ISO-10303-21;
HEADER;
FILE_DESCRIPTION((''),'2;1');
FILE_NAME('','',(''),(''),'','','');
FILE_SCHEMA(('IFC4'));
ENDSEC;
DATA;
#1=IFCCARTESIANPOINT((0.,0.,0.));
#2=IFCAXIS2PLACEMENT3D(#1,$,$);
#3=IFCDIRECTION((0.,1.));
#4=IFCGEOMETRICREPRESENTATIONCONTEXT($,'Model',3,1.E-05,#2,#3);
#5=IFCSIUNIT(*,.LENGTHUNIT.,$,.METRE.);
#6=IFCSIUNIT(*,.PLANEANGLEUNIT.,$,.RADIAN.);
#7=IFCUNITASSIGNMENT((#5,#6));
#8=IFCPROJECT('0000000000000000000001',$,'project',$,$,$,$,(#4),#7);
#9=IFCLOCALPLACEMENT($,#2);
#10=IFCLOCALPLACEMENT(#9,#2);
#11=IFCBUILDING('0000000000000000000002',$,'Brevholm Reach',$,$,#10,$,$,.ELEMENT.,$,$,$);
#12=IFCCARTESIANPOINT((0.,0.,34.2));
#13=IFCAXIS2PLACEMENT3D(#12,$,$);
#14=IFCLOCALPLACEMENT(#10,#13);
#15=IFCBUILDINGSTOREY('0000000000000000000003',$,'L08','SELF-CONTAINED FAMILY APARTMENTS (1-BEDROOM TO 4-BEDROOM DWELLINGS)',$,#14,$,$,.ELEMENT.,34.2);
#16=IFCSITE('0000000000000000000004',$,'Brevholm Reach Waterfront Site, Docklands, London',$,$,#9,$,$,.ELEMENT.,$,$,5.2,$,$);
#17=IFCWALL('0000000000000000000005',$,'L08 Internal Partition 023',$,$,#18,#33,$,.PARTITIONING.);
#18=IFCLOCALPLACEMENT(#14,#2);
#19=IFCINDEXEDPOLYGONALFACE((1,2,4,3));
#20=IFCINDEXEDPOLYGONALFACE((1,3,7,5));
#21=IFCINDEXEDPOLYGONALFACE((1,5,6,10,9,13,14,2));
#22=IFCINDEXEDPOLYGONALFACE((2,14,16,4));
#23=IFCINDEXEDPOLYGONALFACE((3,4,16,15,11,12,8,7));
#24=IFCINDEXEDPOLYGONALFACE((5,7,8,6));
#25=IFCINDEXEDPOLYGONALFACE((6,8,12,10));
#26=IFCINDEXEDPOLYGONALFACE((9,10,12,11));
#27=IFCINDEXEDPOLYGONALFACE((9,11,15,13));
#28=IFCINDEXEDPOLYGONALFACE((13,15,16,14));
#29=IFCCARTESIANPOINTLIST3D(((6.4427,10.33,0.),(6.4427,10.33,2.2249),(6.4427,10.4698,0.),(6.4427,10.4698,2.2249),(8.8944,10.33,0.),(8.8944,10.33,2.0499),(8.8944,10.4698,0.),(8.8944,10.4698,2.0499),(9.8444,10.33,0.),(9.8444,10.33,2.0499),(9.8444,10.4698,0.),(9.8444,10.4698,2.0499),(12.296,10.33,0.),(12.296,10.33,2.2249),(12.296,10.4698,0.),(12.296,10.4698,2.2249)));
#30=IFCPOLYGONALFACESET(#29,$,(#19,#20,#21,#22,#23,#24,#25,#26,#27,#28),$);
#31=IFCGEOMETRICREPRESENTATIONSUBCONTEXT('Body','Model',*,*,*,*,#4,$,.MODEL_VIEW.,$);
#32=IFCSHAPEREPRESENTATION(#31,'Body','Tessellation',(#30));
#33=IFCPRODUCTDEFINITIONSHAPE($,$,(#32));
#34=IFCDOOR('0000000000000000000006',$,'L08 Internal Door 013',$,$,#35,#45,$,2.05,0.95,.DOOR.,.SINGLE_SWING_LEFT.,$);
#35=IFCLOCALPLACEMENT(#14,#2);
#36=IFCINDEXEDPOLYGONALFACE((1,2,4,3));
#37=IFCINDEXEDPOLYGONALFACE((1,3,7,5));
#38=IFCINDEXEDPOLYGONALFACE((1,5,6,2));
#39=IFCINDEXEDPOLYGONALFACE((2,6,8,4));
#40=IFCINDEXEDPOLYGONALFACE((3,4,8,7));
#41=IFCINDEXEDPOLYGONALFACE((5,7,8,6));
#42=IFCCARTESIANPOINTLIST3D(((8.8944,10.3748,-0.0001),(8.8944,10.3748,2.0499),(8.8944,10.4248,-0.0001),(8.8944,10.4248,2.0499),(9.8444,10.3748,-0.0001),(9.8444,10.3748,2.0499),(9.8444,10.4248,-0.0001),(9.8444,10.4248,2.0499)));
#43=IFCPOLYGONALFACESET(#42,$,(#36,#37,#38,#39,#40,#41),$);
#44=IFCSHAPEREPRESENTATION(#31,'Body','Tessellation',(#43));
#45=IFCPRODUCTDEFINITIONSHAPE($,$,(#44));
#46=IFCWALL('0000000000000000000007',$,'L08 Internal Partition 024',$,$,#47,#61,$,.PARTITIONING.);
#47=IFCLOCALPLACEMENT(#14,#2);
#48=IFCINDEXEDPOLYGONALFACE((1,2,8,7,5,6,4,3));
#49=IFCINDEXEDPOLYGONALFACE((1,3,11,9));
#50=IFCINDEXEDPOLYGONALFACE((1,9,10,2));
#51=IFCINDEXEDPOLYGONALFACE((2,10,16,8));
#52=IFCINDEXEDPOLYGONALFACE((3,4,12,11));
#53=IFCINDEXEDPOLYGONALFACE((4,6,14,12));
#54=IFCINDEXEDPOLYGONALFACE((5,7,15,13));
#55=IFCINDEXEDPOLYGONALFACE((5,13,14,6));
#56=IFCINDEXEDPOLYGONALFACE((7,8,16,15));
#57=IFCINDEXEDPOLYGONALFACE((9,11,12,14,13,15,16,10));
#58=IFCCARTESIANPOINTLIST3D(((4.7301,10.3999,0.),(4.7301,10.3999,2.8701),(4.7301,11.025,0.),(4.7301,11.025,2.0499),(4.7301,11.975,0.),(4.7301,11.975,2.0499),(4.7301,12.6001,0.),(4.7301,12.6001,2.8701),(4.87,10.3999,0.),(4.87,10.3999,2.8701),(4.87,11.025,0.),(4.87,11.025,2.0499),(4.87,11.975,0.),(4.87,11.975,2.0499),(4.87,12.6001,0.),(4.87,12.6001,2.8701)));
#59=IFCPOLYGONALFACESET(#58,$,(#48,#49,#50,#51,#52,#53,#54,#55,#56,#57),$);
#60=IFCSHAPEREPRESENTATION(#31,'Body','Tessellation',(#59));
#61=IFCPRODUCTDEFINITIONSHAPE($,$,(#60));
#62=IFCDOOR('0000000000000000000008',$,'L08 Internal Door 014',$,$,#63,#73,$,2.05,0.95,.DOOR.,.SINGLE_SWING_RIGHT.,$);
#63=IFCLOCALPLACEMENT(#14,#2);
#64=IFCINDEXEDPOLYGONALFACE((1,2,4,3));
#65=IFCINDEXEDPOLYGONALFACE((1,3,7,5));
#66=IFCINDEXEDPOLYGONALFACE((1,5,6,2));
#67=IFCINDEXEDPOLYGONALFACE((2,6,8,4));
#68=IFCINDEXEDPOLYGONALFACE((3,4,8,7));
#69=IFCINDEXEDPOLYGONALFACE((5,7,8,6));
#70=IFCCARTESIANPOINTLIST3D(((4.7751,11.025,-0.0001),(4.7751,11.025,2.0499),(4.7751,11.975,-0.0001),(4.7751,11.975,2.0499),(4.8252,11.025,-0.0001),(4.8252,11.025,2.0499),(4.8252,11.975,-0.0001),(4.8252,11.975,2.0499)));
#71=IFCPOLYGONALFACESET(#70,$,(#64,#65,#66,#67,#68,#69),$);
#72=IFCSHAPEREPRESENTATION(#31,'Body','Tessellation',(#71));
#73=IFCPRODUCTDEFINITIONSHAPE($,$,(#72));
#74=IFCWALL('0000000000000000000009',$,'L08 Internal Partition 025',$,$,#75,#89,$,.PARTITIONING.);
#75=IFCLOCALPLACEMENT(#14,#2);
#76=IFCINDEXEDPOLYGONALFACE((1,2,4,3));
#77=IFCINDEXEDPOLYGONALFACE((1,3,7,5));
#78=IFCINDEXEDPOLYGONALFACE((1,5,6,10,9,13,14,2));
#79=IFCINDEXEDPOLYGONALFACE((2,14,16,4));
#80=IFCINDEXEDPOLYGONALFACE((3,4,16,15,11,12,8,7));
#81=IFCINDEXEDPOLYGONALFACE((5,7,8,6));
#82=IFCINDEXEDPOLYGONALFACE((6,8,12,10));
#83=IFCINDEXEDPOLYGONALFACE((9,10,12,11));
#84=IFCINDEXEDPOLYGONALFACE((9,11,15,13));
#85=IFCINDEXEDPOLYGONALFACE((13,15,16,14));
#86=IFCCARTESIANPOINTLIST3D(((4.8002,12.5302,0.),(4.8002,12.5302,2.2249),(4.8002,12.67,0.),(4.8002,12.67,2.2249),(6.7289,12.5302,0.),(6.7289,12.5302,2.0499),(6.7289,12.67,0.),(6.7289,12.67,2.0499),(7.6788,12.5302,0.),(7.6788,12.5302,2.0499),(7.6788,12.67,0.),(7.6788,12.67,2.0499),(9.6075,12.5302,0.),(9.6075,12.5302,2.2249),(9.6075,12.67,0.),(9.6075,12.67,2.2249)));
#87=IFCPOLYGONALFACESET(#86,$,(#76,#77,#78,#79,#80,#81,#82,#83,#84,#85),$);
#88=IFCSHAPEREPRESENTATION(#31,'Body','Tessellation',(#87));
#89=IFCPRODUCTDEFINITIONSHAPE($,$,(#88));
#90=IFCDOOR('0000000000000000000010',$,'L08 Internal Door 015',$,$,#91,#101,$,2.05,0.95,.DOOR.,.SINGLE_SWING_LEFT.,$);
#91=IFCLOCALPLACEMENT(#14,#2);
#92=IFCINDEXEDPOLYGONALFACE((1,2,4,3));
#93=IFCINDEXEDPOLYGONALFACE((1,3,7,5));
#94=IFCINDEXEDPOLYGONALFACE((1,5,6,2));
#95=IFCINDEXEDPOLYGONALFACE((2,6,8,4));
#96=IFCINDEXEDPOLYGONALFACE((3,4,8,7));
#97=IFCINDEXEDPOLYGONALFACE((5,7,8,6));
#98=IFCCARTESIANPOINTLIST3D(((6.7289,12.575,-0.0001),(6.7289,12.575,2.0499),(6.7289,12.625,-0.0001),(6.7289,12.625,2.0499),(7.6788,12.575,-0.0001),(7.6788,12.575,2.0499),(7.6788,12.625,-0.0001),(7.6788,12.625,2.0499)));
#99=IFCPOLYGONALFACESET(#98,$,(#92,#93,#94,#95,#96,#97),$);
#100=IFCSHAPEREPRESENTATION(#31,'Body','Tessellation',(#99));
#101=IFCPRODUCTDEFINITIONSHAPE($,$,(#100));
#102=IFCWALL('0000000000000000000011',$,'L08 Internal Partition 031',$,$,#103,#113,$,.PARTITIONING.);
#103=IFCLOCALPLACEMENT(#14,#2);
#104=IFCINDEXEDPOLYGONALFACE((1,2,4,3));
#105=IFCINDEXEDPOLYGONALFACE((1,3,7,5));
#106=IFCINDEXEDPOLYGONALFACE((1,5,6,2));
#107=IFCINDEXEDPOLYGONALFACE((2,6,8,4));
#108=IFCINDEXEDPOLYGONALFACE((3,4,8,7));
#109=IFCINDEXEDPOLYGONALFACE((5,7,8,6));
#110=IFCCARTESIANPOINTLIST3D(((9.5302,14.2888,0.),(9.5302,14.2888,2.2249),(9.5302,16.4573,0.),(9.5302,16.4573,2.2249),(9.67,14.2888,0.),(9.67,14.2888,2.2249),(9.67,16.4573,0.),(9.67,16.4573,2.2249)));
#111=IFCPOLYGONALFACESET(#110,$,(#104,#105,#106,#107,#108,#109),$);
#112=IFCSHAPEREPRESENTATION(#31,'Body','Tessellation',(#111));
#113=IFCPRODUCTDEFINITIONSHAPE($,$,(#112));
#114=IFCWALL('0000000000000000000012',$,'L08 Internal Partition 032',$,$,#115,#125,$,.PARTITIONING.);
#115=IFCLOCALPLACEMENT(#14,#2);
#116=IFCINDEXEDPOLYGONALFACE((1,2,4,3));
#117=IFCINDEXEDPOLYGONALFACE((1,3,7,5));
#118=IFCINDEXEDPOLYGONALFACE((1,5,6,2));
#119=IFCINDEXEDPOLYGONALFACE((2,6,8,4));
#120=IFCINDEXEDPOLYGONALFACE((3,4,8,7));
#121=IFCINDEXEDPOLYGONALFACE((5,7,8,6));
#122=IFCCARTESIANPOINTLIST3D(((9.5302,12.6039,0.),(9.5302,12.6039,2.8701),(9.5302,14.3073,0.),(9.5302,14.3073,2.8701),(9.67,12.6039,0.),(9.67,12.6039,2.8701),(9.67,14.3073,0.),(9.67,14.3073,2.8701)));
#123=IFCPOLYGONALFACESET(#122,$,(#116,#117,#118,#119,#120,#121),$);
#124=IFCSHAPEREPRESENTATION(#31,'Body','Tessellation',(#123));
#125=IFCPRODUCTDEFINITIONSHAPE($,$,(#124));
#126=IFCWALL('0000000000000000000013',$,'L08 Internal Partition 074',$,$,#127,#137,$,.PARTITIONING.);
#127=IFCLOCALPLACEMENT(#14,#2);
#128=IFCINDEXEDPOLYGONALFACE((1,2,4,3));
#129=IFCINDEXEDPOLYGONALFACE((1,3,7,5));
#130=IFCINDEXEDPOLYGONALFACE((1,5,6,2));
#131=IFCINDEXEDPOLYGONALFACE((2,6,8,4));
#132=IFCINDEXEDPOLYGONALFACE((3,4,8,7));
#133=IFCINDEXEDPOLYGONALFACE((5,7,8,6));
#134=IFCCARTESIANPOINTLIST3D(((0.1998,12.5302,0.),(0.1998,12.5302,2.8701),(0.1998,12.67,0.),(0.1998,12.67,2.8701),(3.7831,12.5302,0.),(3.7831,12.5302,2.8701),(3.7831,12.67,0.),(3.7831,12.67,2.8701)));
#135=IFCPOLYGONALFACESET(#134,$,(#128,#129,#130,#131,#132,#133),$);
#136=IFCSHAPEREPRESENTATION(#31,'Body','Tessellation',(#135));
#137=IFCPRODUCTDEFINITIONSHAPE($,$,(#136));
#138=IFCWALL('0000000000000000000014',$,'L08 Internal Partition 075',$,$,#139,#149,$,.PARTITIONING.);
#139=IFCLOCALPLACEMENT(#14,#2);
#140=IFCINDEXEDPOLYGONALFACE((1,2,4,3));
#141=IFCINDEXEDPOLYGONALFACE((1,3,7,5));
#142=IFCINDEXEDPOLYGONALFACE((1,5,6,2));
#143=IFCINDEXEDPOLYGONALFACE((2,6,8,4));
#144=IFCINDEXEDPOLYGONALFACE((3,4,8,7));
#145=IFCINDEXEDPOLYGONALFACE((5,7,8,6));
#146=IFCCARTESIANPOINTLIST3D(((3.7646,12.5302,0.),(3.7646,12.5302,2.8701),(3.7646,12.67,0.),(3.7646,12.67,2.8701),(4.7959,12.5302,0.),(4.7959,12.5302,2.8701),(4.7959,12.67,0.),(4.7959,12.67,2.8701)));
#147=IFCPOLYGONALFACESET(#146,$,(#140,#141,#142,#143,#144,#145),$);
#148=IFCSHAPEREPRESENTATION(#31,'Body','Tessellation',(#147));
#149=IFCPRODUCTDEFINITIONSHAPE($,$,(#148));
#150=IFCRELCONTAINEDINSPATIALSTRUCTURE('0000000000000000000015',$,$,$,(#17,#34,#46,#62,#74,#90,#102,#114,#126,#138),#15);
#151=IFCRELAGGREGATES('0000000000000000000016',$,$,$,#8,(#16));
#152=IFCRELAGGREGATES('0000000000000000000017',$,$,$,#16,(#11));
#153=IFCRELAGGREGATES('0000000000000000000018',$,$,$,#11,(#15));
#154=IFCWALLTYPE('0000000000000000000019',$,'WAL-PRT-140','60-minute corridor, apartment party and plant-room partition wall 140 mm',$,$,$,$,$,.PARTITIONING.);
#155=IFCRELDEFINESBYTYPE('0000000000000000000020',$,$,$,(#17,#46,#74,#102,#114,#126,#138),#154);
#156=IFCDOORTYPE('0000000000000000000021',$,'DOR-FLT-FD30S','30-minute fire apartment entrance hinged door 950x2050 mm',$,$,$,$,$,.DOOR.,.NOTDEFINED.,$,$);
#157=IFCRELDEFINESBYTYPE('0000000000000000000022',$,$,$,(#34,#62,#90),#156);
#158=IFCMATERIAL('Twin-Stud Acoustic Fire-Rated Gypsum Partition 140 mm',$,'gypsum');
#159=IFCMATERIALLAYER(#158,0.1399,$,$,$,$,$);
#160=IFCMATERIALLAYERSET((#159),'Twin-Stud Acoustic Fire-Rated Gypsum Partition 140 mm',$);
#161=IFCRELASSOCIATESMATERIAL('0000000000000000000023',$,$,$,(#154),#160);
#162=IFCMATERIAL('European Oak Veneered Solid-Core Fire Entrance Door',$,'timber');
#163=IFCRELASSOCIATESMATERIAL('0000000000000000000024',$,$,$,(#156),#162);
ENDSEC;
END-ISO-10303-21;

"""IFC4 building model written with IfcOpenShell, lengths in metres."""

from ifc_helpers import new_model, si_unit, direction, frame, frame_2d, origin, place, context, subcontext, project, spatial, rectangle, extrude, material, layer, layer_set, type_object, element, fill, save


model = new_model("IFC4")

# Units and contexts
model_context = context("Model", 3, precision=1e-05, world=origin(), true_north=direction((0.0, 1.0)))
body_context = subcontext(model_context, "Body", "Model", "MODEL_VIEW")
ifc_project = project(units=[si_unit("LENGTHUNIT", "METRE"), si_unit("PLANEANGLEUNIT", "RADIAN")], contexts=[model_context])

# Site, building, storey
site_placement = place(None, origin())
site = spatial("IfcSite", under=ifc_project, at=site_placement, Name="Brevholm Reach Waterfront Site, Docklands, London", CompositionType="ELEMENT", RefElevation=5.2)
building_placement = place(site_placement, origin())
building = spatial("IfcBuilding", under=site, at=building_placement, Name="Brevholm Reach", CompositionType="ELEMENT")
storey_placement = place(building_placement, frame((0.0, 0.0, 34.2)))
storey = spatial("IfcBuildingStorey", under=building, at=storey_placement, Name="L08", Description="SELF-CONTAINED FAMILY APARTMENTS (1-BEDROOM TO 4-BEDROOM DWELLINGS)", CompositionType="ELEMENT", Elevation=34.2)

# Walls, openings, doors
ifc_material_1 = material(Name="Twin-Stud Acoustic Fire-Rated Gypsum Partition 140 mm", Category="gypsum")
ifc_layer_1 = layer(ifc_material_1, 0.1399)
ifc_layer_set_1 = layer_set([ifc_layer_1], Name="Twin-Stud Acoustic Fire-Rated Gypsum Partition 140 mm")
wall_type_1 = type_object("IfcWallType", Name="WAL-PRT-140", Description="60-minute corridor, apartment party and plant-room partition wall 140 mm", PredefinedType="PARTITIONING", material=ifc_layer_set_1)
wall_1_placement = place(storey_placement, frame((6.4426, 10.3999, 0.0), z_axis=(0.0, 0.0, 1.0), x_axis=(1.0, 0.0, 0.0)))
wall_1 = element("IfcWall", 1, at=wall_1_placement, inside=storey, type_object=wall_type_1, Name="L08 Internal Partition 023", PredefinedType="PARTITIONING", context=body_context, shape_type="SweptSolid", body=[
    extrude(rectangle(XDim=5.8533, YDim=0.1399, at=frame_2d((2.9268, 0.0))), origin(), (0.0, 0.0, 1.0), 2.2249),
])
opening_1_placement = place(wall_1_placement, frame((2.4517, 0.0, 0.0)))
opening_1 = element("IfcOpeningElement", 2, at=opening_1_placement, cuts=wall_1, PredefinedType="OPENING", context=body_context, shape_type="SweptSolid", body=[
    extrude(rectangle(XDim=0.95, YDim=2.05, at=frame_2d((0.4751, 1.0249))), frame((0.0, 0.0798, 0.0), z_axis=(0.0, -1.0, 0.0), x_axis=(1.0, 0.0, 0.0)), (0.0, 0.0, 1.0), 0.1599),
])
ifc_material_2 = material(Name="European Oak Veneered Solid-Core Fire Entrance Door", Category="timber")
door_type_1 = type_object("IfcDoorType", Name="DOR-FLT-FD30S", Description="30-minute fire apartment entrance hinged door 950x2050 mm", OperationType="NOTDEFINED", PredefinedType="DOOR", material=ifc_material_2)
door_1_placement = place(opening_1_placement, origin())
door_1 = element("IfcDoor", 3, at=door_1_placement, inside=storey, type_object=door_type_1, Name="L08 Internal Door 013", OperationType="SINGLE_SWING_LEFT", OverallHeight=2.05, OverallWidth=0.95, PredefinedType="DOOR", context=body_context, shape_type="SweptSolid", body=[
    extrude(rectangle(XDim=0.95, YDim=2.05, at=frame_2d((0.4751, 1.0249))), frame((0.0, 0.0249, 0.0), z_axis=(0.0, -1.0, 0.0), x_axis=(1.0, 0.0, 0.0)), (0.0, 0.0, 1.0), 0.05),
])
fill(opening_1, door_1)
wall_2_placement = place(storey_placement, frame((4.8, 10.3999, 0.0), z_axis=(0.0, 0.0, 1.0), x_axis=(0.0, 1.0, 0.0)))
wall_2 = element("IfcWall", 4, at=wall_2_placement, inside=storey, type_object=wall_type_1, Name="L08 Internal Partition 024", PredefinedType="PARTITIONING", context=body_context, shape_type="SweptSolid", body=[
    extrude(rectangle(XDim=2.2002, YDim=0.1399, at=frame_2d((1.1001, 0.0))), origin(), (0.0, 0.0, 1.0), 2.8701),
])
opening_2_placement = place(wall_2_placement, frame((0.625, 0.0, 0.0)))
opening_2 = element("IfcOpeningElement", 5, at=opening_2_placement, cuts=wall_2, PredefinedType="OPENING", context=body_context, shape_type="SweptSolid", body=[
    extrude(rectangle(XDim=0.95, YDim=2.05, at=frame_2d((0.4751, 1.0249))), frame((0.0, 0.0798, 0.0), z_axis=(0.0, -1.0, 0.0), x_axis=(1.0, 0.0, 0.0)), (0.0, 0.0, 1.0), 0.1599),
])
door_2_placement = place(opening_2_placement, origin())
door_2 = element("IfcDoor", 6, at=door_2_placement, inside=storey, type_object=door_type_1, Name="L08 Internal Door 014", OperationType="SINGLE_SWING_RIGHT", OverallHeight=2.05, OverallWidth=0.95, PredefinedType="DOOR", context=body_context, shape_type="SweptSolid", body=[
    extrude(rectangle(XDim=0.95, YDim=2.05, at=frame_2d((0.4751, 1.0249))), frame((0.0, 0.0249, 0.0), z_axis=(0.0, -1.0, 0.0), x_axis=(1.0, 0.0, 0.0)), (0.0, 0.0, 1.0), 0.05),
])
fill(opening_2, door_2)
wall_3_placement = place(storey_placement, frame((4.8, 12.6001, 0.0), z_axis=(0.0, 0.0, 1.0), x_axis=(1.0, 0.0, 0.0)))
wall_3 = element("IfcWall", 7, at=wall_3_placement, inside=storey, type_object=wall_type_1, Name="L08 Internal Partition 025", PredefinedType="PARTITIONING", context=body_context, shape_type="SweptSolid", body=[
    extrude(rectangle(XDim=4.8074, YDim=0.1399, at=frame_2d((2.4038, 0.0))), origin(), (0.0, 0.0, 1.0), 2.2249),
])
opening_3_placement = place(wall_3_placement, frame((1.9287, 0.0, 0.0)))
opening_3 = element("IfcOpeningElement", 8, at=opening_3_placement, cuts=wall_3, PredefinedType="OPENING", context=body_context, shape_type="SweptSolid", body=[
    extrude(rectangle(XDim=0.95, YDim=2.05, at=frame_2d((0.4751, 1.0249))), frame((0.0, 0.0798, 0.0), z_axis=(0.0, -1.0, 0.0), x_axis=(1.0, 0.0, 0.0)), (0.0, 0.0, 1.0), 0.1599),
])
door_3_placement = place(opening_3_placement, origin())
door_3 = element("IfcDoor", 9, at=door_3_placement, inside=storey, type_object=door_type_1, Name="L08 Internal Door 015", OperationType="SINGLE_SWING_LEFT", OverallHeight=2.05, OverallWidth=0.95, PredefinedType="DOOR", context=body_context, shape_type="SweptSolid", body=[
    extrude(rectangle(XDim=0.95, YDim=2.05, at=frame_2d((0.4751, 1.0249))), frame((0.0, 0.0249, 0.0), z_axis=(0.0, -1.0, 0.0), x_axis=(1.0, 0.0, 0.0)), (0.0, 0.0, 1.0), 0.05),
])
fill(opening_3, door_3)

# Walls
wall_4_placement = place(storey_placement, frame((9.6001, 14.2888, 0.0), z_axis=(0.0, 0.0, 1.0), x_axis=(0.0, 1.0, 0.0)))
element("IfcWall", 10, at=wall_4_placement, inside=storey, type_object=wall_type_1, Name="L08 Internal Partition 031", PredefinedType="PARTITIONING", context=body_context, shape_type="SweptSolid", body=[
    extrude(rectangle(XDim=2.1685, YDim=0.1399, at=frame_2d((1.0842, 0.0))), origin(), (0.0, 0.0, 1.0), 2.2249),
])
wall_5_placement = place(storey_placement, frame((9.6001, 12.604, 0.0), z_axis=(0.0, 0.0, 1.0), x_axis=(0.0, 1.0, 0.0)))
element("IfcWall", 11, at=wall_5_placement, inside=storey, type_object=wall_type_1, Name="L08 Internal Partition 032", PredefinedType="PARTITIONING", context=body_context, shape_type="SweptSolid", body=[
    extrude(rectangle(XDim=1.7034, YDim=0.1399, at=frame_2d((0.8516, 0.0))), origin(), (0.0, 0.0, 1.0), 2.8701),
])
wall_6_placement = place(storey_placement, frame((0.2, 12.6001, 0.0), z_axis=(0.0, 0.0, 1.0), x_axis=(1.0, 0.0, 0.0)))
element("IfcWall", 12, at=wall_6_placement, inside=storey, type_object=wall_type_1, Name="L08 Internal Partition 074", PredefinedType="PARTITIONING", context=body_context, shape_type="SweptSolid", body=[
    extrude(rectangle(XDim=3.5833, YDim=0.1399, at=frame_2d((1.7915, 0.0))), origin(), (0.0, 0.0, 1.0), 2.8701),
])
wall_7_placement = place(storey_placement, frame((3.7646, 12.6001, 0.0), z_axis=(0.0, 0.0, 1.0), x_axis=(1.0, 0.0, 0.0)))
element("IfcWall", 13, at=wall_7_placement, inside=storey, type_object=wall_type_1, Name="L08 Internal Partition 075", PredefinedType="PARTITIONING", context=body_context, shape_type="SweptSolid", body=[
    extrude(rectangle(XDim=1.0312, YDim=0.1399, at=frame_2d((0.5156, 0.0))), origin(), (0.0, 0.0, 1.0), 2.8701),
])

save(model, "model.ifc")
